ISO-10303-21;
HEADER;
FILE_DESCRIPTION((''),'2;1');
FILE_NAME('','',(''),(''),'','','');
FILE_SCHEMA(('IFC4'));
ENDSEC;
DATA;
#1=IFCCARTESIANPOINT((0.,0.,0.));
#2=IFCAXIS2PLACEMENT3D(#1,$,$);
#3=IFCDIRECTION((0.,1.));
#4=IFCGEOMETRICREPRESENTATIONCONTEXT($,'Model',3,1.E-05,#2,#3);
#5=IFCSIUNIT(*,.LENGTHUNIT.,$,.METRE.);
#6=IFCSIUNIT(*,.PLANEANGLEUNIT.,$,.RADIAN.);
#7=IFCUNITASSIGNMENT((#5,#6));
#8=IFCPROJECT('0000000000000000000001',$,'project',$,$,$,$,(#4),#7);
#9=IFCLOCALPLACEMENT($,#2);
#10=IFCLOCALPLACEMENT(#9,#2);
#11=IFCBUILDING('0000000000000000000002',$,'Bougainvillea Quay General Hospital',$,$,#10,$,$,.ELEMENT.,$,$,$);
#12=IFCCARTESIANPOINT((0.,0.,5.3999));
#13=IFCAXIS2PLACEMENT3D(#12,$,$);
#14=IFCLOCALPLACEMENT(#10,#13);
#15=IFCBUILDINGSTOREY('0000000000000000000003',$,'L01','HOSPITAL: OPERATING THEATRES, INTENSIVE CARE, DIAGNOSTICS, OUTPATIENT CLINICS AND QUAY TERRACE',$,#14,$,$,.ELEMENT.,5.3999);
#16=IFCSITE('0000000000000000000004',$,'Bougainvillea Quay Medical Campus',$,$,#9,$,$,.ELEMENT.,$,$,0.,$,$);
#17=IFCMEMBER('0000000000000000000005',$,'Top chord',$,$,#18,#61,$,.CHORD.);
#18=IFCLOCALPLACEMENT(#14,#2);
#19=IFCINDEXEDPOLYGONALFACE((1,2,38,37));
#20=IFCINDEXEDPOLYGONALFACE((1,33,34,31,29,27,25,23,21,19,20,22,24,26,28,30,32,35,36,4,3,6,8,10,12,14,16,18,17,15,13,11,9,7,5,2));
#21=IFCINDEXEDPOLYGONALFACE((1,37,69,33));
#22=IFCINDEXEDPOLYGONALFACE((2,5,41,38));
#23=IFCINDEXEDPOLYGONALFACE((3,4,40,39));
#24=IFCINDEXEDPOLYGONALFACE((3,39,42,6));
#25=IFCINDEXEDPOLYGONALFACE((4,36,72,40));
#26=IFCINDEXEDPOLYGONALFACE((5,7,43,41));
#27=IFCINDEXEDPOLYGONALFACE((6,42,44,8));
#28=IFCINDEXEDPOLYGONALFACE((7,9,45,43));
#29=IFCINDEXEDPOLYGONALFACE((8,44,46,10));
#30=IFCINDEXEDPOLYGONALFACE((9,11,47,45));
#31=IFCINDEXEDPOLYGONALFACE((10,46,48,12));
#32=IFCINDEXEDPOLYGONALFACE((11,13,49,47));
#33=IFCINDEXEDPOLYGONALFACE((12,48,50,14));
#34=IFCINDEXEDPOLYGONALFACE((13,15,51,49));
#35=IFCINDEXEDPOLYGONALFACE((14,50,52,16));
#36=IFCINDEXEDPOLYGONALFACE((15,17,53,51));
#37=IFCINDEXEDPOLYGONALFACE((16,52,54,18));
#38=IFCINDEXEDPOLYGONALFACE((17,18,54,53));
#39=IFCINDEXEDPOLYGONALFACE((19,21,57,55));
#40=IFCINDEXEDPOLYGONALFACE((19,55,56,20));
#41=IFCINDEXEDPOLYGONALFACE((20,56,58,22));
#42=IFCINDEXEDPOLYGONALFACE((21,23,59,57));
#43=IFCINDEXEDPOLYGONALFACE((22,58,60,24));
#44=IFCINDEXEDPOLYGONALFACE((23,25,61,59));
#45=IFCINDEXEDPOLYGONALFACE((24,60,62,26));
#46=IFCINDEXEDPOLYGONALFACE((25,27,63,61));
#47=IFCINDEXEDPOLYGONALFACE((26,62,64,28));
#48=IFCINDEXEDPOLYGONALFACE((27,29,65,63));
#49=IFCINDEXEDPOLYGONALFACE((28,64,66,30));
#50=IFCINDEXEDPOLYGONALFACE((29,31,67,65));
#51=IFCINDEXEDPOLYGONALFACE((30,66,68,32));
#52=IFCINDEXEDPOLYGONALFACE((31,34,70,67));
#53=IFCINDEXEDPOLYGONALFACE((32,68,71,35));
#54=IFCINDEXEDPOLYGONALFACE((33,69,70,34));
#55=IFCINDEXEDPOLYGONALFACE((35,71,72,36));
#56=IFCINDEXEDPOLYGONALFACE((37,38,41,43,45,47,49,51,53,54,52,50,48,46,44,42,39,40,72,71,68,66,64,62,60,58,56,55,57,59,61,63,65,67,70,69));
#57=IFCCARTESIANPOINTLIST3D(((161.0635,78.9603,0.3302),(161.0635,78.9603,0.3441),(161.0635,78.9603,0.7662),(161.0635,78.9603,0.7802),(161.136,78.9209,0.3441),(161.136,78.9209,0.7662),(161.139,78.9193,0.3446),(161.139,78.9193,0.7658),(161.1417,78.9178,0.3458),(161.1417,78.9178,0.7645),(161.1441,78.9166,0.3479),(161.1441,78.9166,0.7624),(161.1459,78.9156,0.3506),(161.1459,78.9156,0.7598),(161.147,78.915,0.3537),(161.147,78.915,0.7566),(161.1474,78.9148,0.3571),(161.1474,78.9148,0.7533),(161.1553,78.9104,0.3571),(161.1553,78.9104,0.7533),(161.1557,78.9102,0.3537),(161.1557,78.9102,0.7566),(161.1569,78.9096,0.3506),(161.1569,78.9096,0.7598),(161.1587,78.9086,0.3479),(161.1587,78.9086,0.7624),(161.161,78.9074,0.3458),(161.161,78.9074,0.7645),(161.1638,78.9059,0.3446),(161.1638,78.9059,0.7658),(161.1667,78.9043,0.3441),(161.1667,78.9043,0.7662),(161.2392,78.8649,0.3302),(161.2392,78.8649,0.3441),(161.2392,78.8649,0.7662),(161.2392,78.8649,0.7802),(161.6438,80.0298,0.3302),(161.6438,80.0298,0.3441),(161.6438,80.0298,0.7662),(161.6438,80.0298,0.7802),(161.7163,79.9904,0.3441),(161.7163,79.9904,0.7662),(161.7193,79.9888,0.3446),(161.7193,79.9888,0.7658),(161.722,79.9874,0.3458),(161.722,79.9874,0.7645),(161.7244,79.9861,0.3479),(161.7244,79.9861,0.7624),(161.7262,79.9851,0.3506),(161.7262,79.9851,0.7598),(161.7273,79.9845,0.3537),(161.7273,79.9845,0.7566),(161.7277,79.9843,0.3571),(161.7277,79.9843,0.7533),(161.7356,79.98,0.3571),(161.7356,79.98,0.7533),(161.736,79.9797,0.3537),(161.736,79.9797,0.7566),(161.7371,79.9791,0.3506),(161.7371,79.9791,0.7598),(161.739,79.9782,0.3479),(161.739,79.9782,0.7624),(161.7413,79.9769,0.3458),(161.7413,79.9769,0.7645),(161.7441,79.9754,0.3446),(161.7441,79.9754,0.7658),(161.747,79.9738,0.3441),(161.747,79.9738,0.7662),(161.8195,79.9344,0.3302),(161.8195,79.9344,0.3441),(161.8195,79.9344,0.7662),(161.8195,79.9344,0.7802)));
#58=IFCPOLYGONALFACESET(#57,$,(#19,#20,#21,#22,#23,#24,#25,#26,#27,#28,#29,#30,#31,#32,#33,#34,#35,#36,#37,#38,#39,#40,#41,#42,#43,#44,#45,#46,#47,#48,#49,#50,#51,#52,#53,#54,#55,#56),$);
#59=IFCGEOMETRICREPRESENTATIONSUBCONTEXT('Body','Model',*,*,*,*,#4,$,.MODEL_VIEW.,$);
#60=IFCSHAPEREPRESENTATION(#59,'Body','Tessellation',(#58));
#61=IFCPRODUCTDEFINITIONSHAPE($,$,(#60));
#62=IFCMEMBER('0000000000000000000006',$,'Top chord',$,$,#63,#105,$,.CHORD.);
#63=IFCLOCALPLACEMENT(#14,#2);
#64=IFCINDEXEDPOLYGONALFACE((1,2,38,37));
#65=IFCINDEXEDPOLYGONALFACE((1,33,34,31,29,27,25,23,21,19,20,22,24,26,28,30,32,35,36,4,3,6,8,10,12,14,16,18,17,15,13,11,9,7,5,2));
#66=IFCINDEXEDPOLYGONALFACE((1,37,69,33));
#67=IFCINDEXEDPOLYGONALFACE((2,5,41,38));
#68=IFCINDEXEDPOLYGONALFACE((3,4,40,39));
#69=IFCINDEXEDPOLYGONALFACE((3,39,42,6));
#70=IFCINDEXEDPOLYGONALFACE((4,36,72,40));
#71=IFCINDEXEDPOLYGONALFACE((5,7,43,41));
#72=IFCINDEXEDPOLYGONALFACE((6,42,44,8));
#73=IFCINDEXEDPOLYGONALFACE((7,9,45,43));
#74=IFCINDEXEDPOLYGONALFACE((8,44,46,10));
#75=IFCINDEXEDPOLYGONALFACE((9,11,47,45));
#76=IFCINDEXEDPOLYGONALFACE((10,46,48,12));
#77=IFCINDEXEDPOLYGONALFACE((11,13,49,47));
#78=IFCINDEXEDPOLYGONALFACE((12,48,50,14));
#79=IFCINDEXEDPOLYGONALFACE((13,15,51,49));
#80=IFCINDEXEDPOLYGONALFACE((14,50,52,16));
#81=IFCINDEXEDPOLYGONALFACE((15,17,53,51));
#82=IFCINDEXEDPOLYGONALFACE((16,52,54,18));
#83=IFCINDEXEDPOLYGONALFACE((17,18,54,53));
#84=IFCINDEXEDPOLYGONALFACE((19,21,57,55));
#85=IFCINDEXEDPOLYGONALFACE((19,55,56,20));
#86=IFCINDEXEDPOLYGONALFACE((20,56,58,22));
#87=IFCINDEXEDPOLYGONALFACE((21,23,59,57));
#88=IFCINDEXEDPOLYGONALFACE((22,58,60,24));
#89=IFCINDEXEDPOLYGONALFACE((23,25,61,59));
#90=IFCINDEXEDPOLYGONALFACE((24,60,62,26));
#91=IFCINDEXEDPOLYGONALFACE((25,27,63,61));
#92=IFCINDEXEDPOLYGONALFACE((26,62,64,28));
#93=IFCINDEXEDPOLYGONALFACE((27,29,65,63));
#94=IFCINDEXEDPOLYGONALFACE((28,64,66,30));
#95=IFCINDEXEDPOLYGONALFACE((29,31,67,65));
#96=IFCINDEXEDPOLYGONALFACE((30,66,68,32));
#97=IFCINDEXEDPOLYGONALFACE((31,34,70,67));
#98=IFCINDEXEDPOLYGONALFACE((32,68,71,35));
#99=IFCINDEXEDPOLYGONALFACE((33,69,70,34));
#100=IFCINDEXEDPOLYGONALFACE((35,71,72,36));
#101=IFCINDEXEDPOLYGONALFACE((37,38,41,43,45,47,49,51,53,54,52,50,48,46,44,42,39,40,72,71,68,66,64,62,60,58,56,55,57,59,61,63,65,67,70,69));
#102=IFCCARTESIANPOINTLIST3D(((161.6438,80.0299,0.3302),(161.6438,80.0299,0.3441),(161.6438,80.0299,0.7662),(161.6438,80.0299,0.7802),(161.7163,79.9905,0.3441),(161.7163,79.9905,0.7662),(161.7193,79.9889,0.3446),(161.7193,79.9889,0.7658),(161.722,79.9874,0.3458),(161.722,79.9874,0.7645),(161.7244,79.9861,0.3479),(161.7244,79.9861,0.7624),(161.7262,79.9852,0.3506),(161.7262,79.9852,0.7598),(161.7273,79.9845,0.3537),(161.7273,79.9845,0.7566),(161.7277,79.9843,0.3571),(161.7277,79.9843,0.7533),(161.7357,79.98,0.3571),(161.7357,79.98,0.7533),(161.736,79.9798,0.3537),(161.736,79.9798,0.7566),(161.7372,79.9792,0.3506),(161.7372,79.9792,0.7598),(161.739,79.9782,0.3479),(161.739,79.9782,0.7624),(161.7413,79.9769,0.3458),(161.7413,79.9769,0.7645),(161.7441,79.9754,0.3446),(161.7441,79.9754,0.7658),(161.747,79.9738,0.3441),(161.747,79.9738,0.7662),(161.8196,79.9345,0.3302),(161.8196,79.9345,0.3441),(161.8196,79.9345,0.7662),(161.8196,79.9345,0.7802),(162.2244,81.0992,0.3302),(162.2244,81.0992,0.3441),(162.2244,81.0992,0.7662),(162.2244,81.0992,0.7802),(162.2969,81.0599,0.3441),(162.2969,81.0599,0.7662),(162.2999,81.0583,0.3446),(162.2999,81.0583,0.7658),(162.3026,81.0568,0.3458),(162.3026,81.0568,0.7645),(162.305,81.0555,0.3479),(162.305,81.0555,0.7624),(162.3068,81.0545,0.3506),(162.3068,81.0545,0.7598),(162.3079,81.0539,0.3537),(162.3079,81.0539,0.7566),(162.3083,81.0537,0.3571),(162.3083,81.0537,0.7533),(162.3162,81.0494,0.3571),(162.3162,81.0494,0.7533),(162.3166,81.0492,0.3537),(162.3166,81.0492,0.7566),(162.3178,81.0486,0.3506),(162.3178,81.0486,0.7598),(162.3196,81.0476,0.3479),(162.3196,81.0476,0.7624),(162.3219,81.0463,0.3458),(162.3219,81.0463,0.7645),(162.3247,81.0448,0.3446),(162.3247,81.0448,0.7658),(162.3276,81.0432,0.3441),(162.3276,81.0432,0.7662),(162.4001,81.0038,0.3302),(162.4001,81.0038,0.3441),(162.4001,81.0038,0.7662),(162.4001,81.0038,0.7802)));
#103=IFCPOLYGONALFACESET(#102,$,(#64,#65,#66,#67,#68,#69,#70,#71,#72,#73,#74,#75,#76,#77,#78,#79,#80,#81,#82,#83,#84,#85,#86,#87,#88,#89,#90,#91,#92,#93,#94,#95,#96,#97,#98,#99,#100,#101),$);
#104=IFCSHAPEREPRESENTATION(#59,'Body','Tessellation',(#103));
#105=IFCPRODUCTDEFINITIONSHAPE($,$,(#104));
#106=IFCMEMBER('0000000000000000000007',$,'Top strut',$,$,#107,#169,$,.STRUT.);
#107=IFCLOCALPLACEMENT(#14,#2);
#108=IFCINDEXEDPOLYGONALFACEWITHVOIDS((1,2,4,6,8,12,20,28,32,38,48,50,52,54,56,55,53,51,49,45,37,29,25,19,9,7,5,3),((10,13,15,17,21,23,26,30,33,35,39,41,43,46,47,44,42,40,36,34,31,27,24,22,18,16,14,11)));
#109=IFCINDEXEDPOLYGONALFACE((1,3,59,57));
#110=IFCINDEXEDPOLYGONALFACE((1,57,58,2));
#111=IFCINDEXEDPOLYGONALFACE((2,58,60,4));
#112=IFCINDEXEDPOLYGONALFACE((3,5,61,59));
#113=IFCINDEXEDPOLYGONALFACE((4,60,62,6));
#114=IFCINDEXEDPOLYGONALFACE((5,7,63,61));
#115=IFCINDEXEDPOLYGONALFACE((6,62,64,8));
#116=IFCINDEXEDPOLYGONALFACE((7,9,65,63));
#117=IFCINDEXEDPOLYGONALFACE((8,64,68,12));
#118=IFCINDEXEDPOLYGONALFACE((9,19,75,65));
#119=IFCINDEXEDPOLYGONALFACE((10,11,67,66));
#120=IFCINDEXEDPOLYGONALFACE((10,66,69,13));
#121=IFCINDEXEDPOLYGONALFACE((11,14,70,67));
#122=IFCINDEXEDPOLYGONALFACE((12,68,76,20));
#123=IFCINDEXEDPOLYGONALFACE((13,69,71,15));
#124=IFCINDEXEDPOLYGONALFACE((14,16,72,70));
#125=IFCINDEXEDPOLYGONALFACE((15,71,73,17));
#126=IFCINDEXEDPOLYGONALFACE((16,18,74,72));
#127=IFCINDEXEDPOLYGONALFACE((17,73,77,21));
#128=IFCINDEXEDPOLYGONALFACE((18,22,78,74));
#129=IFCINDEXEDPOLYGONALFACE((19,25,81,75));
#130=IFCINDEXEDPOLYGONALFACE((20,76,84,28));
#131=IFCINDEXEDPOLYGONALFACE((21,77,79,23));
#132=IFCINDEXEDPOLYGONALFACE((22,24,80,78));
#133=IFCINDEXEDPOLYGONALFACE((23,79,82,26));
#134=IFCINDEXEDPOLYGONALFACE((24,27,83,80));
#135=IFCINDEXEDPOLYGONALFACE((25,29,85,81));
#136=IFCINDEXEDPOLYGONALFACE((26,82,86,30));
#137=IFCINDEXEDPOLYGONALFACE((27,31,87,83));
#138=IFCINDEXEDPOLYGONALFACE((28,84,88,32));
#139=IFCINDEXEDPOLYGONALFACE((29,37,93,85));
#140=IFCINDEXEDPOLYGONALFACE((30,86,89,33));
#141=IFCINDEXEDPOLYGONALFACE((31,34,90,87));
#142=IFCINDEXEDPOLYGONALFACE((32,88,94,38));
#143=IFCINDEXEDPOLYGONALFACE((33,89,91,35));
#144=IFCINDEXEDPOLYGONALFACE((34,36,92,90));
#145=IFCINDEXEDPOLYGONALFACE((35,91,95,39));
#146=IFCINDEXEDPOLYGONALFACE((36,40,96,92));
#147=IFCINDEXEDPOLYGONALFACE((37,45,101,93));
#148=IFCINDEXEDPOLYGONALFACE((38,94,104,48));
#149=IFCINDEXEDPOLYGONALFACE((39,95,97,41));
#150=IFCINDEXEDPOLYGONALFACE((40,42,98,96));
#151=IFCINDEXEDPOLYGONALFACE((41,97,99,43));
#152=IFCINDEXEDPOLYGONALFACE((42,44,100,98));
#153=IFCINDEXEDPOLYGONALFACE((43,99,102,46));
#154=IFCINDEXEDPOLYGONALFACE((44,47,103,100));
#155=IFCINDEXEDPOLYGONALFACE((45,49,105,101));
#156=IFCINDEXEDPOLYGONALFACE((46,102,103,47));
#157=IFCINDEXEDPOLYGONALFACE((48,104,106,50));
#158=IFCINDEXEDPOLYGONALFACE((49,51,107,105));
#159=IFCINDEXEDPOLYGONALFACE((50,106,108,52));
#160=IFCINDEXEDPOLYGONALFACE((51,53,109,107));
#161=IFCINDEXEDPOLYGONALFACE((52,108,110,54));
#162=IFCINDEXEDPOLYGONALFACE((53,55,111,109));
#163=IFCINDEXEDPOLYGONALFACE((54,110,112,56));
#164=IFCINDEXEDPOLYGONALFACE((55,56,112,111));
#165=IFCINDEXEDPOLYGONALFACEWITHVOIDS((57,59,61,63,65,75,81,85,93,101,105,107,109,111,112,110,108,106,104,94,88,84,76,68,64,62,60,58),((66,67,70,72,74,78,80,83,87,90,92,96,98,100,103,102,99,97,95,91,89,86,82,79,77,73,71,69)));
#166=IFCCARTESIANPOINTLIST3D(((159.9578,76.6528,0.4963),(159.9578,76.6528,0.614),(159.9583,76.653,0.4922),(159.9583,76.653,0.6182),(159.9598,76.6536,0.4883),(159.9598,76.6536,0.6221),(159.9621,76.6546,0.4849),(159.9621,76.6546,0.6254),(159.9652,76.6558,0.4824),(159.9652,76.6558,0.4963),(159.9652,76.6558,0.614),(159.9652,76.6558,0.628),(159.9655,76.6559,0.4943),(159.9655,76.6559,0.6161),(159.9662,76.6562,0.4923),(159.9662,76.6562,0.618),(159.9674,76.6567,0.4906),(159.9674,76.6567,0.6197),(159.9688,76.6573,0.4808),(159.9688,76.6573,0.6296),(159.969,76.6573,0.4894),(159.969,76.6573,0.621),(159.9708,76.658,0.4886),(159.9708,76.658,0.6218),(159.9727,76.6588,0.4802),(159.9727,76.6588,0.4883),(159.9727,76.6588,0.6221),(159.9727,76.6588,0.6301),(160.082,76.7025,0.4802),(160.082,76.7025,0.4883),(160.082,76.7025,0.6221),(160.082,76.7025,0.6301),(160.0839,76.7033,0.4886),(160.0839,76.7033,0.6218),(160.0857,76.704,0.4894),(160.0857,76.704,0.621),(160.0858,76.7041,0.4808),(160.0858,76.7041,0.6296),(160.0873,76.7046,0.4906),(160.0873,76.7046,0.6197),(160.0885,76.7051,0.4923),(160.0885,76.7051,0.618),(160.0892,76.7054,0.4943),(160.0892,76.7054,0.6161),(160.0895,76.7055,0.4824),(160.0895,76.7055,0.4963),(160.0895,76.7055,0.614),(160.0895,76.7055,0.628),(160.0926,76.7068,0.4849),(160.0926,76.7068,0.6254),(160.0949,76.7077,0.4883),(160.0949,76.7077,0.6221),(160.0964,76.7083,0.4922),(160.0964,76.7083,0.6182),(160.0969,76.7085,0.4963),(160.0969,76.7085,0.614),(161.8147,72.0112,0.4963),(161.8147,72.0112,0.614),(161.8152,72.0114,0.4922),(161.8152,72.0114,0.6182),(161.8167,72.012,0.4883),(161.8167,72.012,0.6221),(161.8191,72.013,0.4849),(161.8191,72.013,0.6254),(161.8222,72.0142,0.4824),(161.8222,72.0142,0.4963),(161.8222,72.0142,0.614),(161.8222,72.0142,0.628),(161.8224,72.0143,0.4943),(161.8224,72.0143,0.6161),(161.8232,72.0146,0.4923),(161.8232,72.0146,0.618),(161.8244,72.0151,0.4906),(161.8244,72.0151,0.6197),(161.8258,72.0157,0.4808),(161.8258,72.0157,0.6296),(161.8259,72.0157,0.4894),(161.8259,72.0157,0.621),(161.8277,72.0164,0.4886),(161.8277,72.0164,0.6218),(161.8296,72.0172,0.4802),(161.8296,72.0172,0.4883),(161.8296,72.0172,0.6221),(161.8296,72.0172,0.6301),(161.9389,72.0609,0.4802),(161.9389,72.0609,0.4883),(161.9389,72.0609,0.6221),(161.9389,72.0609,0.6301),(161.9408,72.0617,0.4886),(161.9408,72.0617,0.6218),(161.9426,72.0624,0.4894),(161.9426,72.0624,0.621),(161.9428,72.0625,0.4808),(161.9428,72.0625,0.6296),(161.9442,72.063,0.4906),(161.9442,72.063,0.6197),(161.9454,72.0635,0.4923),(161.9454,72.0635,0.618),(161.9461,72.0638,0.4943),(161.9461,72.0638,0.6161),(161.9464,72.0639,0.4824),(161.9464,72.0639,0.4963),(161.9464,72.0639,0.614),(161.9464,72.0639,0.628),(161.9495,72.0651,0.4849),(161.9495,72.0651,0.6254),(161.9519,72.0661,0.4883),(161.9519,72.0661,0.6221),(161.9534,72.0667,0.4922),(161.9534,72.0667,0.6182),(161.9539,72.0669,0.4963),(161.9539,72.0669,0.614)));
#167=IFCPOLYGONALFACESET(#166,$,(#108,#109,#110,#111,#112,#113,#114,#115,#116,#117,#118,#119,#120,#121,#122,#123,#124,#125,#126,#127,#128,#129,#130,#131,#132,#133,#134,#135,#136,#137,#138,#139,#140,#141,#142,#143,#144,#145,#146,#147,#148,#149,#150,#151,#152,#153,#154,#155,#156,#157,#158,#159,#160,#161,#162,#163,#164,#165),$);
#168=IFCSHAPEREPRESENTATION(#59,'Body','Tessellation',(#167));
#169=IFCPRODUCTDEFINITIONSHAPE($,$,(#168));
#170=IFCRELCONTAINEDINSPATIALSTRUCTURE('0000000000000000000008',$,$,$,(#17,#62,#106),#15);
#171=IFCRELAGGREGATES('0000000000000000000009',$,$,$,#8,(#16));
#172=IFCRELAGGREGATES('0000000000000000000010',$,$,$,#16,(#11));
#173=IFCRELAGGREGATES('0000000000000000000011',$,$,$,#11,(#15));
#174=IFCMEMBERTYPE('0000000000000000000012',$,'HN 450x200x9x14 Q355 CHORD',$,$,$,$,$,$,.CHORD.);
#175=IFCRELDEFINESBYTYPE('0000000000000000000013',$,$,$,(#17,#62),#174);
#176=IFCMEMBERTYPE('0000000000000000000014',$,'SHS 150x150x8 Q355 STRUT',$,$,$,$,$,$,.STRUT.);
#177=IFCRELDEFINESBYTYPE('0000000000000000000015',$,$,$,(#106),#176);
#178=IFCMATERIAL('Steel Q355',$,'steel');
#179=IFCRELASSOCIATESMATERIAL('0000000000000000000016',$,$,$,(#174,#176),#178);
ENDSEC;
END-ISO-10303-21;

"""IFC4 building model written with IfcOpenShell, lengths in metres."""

from ifc_helpers import new_model, si_unit, direction, frame, origin, origin_2d, place, context, subcontext, project, spatial, hollow_rectangle, i_section, extrude, material, material_profile, profile_set, type_object, element, save


model = new_model("IFC4")

# Units and contexts
model_context = context("Model", 3, precision=1e-05, world=origin(), true_north=direction((0.0, 1.0)))
body_context = subcontext(model_context, "Body", "Model", "MODEL_VIEW")
ifc_project = project(units=[si_unit("LENGTHUNIT", "METRE"), si_unit("PLANEANGLEUNIT", "RADIAN")], contexts=[model_context])

# Site, building, storey
site_placement = place(None, origin())
site = spatial("IfcSite", under=ifc_project, at=site_placement, Name="Bougainvillea Quay Medical Campus", CompositionType="ELEMENT", RefElevation=0.0)
building_placement = place(site_placement, origin())
building = spatial("IfcBuilding", under=site, at=building_placement, Name="Bougainvillea Quay General Hospital", CompositionType="ELEMENT")
storey_placement = place(building_placement, frame((0.0, 0.0, 5.3999)))
storey = spatial("IfcBuildingStorey", under=building, at=storey_placement, Name="L01", Description="HOSPITAL: OPERATING THEATRES, INTENSIVE CARE, DIAGNOSTICS, OUTPATIENT CLINICS AND QUAY TERRACE", CompositionType="ELEMENT", Elevation=5.3999)

# Members
ifc_material_1 = material(Name="Steel Q355", Category="steel")
ifc_material_profile_1 = material_profile(ifc_material_1, i_section(OverallWidth=0.2, OverallDepth=0.45, WebThickness=0.009, FlangeThickness=0.0139, FilletRadius=0.0129, at=origin_2d()))
ifc_profile_set_1 = profile_set([ifc_material_profile_1], Name="Steel Q355")
member_type_1 = type_object("IfcMemberType", Name="HN 450x200x9x14 Q355 CHORD", PredefinedType="CHORD", material=ifc_profile_set_1)
for number, where, z_axis, x_axis, name in (
    (1, (161.1514, 78.9126, 0.5552), (0.476897, 0.878959, 0.0), (-0.878959, 0.476897, 0.0), "Top chord"),
    (2, (161.7317, 79.9822, 0.5552), (0.477136, 0.878829, 0.0), (-0.878829, 0.477136, 0.0), "Top chord"),
):
    element("IfcMember", number, at=place(storey_placement, frame(where, z_axis=z_axis, x_axis=x_axis)), inside=storey, type_object=member_type_1, Name=name, PredefinedType="CHORD", context=body_context, shape_type="SweptSolid", body=[
        extrude(i_section(OverallWidth=0.2, OverallDepth=0.45, WebThickness=0.009, FlangeThickness=0.0139, FilletRadius=0.0129, at=origin_2d()), origin(), (0.0, 0.0, 1.0), 1.2168),
    ])
ifc_material_profile_2 = material_profile(ifc_material_1, hollow_rectangle(XDim=0.1499, YDim=0.1499, WallThickness=0.0081, InnerFilletRadius=0.0081, OuterFilletRadius=0.0161, at=origin_2d()))
ifc_profile_set_2 = profile_set([ifc_material_profile_2], Name="Steel Q355")
member_type_2 = type_object("IfcMemberType", Name="SHS 150x150x8 Q355 STRUT", PredefinedType="STRUT", material=ifc_profile_set_2)
member_1_placement = place(storey_placement, frame((160.0273, 76.6807, 0.5552), z_axis=(0.371441, -0.928456, 0.0), x_axis=(0.928456, 0.371441, 0.0)))
element("IfcMember", 3, at=member_1_placement, inside=storey, type_object=member_type_2, Name="Top strut", PredefinedType="STRUT", context=body_context, shape_type="SweptSolid", body=[
    extrude(hollow_rectangle(XDim=0.1499, YDim=0.1499, WallThickness=0.0081, InnerFilletRadius=0.0081, OuterFilletRadius=0.0161, at=origin_2d()), origin(), (0.0, 0.0, 1.0), 4.9993),
])

save(model, "model.ifc")
